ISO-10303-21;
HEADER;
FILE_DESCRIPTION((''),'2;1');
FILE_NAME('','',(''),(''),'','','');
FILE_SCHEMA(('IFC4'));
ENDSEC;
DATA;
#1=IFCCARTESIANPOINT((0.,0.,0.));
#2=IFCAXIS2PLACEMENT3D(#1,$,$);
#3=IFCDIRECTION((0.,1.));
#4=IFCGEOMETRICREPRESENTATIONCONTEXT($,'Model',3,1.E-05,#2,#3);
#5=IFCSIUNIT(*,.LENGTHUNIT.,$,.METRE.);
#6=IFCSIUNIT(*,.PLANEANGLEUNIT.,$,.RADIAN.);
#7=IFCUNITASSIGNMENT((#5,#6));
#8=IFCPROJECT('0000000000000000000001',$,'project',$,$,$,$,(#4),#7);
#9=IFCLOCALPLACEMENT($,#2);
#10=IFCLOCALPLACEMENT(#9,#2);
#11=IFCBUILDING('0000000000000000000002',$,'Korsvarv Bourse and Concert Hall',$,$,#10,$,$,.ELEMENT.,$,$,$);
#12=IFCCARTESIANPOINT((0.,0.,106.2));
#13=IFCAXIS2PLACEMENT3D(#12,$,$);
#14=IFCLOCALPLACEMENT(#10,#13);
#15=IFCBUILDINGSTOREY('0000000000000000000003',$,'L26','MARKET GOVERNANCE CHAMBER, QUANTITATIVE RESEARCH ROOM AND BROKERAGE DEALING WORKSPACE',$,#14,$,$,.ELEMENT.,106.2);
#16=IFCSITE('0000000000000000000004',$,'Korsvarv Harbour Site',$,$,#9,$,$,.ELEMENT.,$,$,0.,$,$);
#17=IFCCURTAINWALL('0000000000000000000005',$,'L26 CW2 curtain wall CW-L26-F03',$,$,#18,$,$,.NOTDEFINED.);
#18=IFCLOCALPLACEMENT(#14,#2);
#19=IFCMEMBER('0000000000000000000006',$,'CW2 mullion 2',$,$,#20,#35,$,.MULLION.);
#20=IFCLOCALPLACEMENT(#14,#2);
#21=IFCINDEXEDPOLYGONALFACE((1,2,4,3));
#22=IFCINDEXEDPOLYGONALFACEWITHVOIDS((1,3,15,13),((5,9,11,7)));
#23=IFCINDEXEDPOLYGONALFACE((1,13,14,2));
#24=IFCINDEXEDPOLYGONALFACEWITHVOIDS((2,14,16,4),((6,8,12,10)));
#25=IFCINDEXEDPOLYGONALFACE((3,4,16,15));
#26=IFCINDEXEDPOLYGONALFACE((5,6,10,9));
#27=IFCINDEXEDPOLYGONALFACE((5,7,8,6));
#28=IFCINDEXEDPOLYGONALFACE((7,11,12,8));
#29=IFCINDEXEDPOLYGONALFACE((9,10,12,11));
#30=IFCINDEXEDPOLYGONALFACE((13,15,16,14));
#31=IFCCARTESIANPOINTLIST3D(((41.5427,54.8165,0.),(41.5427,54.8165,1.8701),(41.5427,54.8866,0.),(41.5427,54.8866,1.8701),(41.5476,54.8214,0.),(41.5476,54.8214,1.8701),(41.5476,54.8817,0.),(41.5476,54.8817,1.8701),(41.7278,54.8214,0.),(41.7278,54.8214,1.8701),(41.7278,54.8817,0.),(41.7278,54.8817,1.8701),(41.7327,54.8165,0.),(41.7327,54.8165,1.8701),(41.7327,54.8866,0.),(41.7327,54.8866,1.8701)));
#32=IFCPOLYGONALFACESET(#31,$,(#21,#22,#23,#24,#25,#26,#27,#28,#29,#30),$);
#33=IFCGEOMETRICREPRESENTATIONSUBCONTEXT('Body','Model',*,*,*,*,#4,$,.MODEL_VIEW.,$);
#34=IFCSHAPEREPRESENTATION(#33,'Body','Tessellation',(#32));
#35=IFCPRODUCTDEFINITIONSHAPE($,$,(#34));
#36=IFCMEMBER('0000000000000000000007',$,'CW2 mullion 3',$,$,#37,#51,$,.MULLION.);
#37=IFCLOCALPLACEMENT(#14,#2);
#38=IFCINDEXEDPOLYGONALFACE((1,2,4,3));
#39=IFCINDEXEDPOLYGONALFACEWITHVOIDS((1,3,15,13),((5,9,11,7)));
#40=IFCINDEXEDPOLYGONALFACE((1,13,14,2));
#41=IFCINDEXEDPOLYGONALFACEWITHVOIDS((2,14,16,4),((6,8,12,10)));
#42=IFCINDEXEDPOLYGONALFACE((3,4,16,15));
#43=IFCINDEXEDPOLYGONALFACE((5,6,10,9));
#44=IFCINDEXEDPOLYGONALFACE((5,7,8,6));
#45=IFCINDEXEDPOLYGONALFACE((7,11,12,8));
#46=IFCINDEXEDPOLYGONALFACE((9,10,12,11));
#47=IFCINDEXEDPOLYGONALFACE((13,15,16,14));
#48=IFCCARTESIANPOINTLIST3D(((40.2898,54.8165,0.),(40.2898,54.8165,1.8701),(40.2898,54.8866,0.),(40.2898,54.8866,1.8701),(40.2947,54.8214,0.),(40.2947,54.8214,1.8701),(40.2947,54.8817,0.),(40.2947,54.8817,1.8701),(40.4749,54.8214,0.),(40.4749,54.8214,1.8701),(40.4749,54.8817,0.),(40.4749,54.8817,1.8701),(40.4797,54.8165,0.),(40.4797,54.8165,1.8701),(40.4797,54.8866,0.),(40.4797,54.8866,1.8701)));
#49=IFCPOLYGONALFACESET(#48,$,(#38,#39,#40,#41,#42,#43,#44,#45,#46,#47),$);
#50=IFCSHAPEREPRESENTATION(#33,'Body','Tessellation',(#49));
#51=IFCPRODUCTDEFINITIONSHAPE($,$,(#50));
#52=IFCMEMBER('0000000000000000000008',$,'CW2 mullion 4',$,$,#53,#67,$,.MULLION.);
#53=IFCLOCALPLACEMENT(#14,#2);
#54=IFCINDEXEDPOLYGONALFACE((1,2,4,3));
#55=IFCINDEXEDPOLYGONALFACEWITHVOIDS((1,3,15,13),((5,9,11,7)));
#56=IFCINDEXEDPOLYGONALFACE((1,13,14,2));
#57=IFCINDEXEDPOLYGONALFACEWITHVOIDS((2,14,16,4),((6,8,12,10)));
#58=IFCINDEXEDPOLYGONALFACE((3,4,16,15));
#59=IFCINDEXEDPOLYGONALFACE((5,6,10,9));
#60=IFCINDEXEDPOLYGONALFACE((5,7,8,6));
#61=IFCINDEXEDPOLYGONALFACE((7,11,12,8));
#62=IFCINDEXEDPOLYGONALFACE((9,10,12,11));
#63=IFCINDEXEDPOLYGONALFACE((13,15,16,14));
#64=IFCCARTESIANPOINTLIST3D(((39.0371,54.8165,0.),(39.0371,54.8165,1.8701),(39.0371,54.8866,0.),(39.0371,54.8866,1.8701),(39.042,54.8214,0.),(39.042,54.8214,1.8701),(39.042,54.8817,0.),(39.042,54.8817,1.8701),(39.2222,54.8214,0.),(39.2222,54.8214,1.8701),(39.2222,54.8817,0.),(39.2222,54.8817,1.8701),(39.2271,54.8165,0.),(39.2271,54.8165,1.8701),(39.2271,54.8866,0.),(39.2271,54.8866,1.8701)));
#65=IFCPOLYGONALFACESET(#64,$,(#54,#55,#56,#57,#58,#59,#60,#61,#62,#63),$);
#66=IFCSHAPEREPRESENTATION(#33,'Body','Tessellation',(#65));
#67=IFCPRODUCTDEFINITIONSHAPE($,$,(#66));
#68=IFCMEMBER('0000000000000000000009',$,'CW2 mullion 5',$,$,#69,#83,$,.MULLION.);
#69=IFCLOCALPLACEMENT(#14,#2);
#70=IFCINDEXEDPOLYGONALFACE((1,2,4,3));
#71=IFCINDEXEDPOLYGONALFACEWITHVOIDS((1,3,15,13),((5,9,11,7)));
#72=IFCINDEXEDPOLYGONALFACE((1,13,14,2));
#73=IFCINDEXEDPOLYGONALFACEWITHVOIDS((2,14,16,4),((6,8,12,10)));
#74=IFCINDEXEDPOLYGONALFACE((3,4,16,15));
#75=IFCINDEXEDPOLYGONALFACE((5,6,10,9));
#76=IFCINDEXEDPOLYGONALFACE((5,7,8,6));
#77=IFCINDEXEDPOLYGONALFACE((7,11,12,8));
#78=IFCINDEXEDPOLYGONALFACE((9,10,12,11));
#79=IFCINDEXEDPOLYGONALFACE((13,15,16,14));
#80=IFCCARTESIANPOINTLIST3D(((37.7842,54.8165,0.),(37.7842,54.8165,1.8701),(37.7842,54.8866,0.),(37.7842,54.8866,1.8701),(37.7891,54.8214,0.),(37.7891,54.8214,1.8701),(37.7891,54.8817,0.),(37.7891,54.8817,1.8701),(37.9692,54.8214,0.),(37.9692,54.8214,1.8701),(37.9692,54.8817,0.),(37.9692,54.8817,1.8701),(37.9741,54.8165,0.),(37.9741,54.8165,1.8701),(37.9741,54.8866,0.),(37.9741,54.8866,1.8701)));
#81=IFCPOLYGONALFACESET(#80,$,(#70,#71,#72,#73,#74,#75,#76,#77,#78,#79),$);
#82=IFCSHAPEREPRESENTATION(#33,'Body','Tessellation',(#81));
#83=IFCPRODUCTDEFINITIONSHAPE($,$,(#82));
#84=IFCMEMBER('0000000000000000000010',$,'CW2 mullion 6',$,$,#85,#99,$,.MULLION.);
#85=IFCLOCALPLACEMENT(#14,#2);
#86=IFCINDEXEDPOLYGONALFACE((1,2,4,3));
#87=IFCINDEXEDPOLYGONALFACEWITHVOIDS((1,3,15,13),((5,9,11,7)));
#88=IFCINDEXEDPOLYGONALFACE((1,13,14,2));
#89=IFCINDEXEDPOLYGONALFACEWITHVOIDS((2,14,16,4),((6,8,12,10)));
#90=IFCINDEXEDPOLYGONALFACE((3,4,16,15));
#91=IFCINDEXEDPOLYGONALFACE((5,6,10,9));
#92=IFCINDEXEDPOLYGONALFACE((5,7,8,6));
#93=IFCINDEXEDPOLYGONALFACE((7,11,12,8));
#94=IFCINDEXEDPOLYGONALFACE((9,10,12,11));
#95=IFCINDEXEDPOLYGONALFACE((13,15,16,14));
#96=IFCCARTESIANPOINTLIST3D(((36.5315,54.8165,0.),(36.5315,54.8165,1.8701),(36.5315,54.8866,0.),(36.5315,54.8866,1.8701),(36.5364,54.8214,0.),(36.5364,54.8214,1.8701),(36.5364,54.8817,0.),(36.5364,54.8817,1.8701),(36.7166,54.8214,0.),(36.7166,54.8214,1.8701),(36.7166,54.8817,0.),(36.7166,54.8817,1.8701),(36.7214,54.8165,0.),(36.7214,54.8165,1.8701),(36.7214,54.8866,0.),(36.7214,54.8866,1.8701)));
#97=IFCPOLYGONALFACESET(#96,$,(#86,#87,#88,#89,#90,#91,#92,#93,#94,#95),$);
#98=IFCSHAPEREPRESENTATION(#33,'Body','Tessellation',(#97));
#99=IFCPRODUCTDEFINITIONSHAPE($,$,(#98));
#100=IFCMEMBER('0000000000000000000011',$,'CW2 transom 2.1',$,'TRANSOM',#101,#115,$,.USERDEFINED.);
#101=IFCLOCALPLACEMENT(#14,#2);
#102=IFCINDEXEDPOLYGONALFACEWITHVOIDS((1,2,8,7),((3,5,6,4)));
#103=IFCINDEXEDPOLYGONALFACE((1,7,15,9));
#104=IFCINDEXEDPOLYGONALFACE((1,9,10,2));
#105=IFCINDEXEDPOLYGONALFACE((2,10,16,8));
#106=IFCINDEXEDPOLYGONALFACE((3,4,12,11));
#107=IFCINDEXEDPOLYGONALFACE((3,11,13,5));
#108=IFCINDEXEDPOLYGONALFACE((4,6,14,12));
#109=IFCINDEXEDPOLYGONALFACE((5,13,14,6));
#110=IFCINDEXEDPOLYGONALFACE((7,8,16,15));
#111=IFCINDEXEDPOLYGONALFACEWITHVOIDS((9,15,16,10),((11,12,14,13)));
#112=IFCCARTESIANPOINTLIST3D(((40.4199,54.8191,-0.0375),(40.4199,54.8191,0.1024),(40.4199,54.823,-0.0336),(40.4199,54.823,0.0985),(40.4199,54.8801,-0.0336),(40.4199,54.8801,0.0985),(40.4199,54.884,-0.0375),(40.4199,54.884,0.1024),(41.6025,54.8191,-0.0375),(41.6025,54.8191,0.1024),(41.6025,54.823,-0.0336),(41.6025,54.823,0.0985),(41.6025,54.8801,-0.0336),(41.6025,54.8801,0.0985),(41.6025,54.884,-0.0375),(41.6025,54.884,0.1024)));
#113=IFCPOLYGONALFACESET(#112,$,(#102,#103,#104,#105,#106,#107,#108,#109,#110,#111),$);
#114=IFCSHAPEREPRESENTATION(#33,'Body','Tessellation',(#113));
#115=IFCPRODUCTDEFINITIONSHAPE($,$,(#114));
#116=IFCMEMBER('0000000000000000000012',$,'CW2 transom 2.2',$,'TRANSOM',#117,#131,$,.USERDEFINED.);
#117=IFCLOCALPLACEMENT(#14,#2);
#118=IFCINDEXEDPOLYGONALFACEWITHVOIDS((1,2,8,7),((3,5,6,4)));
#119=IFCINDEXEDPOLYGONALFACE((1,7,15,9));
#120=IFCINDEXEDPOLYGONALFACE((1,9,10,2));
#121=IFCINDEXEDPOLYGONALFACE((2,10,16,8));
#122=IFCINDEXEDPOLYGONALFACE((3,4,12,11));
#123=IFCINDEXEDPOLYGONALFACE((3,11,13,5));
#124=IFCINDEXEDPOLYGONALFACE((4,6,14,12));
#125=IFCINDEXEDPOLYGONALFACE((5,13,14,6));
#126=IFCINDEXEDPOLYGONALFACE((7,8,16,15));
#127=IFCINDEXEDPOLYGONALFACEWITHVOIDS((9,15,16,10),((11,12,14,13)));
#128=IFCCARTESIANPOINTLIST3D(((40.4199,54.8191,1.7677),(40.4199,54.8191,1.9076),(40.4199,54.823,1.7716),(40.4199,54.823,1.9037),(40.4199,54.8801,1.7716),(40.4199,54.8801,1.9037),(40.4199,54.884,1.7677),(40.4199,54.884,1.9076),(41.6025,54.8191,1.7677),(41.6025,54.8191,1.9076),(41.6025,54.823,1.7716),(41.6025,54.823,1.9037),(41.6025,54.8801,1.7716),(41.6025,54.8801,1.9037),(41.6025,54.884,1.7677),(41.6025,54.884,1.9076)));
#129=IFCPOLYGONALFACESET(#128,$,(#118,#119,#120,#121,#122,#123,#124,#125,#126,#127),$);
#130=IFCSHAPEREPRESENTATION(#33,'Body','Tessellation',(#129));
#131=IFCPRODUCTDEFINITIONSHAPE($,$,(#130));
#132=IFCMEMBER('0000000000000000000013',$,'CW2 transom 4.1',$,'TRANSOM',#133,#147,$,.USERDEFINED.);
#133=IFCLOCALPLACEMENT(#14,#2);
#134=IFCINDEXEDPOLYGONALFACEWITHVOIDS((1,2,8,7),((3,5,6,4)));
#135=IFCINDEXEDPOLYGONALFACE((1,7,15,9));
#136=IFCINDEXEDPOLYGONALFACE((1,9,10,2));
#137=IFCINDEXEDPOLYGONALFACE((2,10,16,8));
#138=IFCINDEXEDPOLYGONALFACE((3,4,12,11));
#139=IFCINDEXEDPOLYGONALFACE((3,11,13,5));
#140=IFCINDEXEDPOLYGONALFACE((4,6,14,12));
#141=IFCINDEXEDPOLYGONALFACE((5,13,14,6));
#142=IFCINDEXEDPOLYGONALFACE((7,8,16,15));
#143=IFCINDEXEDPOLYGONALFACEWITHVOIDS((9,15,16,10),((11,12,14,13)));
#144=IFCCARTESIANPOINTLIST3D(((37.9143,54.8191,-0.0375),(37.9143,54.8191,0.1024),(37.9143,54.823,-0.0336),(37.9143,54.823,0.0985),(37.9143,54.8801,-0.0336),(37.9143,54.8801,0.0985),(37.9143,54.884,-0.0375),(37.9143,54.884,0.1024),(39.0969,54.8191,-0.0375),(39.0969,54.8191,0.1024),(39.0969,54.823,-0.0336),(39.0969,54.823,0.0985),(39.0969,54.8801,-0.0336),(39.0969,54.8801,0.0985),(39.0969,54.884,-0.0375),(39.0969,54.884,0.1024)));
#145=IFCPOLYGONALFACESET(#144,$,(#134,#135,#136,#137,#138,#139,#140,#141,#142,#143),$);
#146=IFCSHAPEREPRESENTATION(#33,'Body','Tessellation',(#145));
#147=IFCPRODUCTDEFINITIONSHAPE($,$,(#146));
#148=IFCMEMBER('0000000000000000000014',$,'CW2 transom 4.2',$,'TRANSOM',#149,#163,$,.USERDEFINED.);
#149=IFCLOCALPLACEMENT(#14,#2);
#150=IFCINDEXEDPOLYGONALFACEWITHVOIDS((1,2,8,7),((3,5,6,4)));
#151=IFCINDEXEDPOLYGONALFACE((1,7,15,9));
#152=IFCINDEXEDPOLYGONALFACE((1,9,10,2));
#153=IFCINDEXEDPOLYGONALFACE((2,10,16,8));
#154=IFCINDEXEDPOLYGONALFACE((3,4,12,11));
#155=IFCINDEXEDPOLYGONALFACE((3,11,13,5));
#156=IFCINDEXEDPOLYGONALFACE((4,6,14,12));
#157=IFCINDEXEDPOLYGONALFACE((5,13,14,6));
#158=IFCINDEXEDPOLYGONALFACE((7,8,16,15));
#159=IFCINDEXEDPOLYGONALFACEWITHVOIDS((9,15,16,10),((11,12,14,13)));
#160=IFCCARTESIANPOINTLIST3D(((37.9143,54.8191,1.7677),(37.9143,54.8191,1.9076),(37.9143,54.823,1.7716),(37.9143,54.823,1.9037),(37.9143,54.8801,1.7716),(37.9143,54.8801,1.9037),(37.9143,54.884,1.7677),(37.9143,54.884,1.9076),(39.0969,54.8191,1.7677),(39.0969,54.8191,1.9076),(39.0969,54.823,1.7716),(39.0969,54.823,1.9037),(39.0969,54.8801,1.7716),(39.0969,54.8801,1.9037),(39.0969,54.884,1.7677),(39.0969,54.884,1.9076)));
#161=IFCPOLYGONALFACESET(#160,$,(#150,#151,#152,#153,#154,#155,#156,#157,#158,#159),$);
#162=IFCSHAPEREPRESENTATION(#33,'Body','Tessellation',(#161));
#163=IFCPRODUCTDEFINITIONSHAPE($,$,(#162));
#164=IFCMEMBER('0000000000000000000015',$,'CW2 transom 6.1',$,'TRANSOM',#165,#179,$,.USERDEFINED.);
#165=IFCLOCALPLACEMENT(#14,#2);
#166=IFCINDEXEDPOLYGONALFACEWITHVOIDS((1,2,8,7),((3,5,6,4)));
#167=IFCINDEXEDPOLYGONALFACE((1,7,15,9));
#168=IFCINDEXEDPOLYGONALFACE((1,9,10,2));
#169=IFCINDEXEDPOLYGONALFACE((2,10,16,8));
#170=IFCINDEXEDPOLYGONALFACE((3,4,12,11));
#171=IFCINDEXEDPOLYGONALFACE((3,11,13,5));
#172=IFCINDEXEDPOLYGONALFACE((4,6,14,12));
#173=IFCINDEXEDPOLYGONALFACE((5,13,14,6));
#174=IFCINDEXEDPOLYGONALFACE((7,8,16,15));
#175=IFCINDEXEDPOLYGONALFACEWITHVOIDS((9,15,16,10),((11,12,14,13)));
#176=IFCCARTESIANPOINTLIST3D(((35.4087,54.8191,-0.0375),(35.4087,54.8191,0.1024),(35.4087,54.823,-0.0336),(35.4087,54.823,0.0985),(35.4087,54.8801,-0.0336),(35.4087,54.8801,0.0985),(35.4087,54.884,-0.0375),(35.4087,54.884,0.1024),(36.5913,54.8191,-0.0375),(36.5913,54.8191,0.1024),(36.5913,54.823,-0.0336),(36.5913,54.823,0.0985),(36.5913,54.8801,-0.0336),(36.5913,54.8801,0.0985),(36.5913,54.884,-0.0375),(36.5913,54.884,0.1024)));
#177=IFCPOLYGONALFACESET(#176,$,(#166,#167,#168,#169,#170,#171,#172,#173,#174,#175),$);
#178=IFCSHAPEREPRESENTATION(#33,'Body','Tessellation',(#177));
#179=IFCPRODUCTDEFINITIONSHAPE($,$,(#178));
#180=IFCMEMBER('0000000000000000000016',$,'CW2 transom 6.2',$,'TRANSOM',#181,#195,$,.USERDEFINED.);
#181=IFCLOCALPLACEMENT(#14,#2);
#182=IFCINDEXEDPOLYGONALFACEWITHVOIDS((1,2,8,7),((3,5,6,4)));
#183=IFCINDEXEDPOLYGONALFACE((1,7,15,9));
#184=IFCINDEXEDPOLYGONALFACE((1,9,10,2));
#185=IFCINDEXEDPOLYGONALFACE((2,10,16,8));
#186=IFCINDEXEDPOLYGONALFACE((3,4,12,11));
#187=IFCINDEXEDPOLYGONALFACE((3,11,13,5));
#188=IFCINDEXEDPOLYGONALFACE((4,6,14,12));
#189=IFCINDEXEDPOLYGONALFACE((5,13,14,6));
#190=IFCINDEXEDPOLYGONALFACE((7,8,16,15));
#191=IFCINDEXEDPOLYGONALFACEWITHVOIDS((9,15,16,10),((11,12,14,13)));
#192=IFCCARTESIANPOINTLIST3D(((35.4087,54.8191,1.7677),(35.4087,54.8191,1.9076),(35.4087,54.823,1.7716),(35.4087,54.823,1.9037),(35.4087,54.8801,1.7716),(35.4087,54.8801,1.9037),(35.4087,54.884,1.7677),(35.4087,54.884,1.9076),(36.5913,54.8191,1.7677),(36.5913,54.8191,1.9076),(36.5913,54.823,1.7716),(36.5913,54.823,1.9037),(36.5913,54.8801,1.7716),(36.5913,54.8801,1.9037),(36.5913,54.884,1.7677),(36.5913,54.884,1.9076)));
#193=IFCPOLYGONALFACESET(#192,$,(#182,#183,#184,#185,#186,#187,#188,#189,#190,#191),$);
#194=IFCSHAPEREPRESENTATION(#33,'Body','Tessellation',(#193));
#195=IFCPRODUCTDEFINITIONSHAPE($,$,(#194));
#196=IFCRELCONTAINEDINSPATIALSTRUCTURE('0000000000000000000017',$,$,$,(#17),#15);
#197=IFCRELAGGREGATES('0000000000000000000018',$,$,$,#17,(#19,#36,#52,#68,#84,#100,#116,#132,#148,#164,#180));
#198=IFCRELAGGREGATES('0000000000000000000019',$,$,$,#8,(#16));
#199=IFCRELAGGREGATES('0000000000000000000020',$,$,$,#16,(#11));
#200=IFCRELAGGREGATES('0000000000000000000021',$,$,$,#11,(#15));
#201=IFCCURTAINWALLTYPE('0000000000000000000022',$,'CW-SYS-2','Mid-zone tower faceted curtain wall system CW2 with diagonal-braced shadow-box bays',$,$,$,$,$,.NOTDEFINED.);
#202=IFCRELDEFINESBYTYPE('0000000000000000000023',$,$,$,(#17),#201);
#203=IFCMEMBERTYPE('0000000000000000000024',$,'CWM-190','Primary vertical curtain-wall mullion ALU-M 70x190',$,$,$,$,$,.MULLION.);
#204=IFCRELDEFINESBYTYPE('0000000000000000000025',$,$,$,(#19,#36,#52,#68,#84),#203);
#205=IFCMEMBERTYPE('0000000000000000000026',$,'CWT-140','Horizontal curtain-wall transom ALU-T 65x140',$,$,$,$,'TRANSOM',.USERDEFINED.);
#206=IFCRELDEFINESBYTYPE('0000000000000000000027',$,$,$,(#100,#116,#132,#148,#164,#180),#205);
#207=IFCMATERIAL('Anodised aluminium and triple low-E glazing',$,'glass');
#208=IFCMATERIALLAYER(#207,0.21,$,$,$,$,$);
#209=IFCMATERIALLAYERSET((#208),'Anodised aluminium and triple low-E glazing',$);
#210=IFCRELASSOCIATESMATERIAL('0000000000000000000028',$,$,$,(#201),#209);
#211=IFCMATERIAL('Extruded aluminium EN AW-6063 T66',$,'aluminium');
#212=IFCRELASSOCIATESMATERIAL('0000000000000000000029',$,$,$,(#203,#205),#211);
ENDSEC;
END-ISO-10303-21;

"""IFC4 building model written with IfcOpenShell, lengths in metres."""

from ifc_helpers import new_model, si_unit, direction, frame, origin, origin_2d, place, context, subcontext, project, spatial, hollow_rectangle, extrude, source, transform, mapped, material, layer, layer_set, material_profile, profile_set, type_object, element, aggregate, save


model = new_model("IFC4")

# Units and contexts
model_context = context("Model", 3, precision=1e-05, world=origin(), true_north=direction((0.0, 1.0)))
body_context = subcontext(model_context, "Body", "Model", "MODEL_VIEW")
ifc_project = project(units=[si_unit("LENGTHUNIT", "METRE"), si_unit("PLANEANGLEUNIT", "RADIAN")], contexts=[model_context])

# Site, building, storey
site_placement = place(None, origin())
site = spatial("IfcSite", under=ifc_project, at=site_placement, Name="Korsvarv Harbour Site", CompositionType="ELEMENT", RefElevation=0.0)
building_placement = place(site_placement, origin())
building = spatial("IfcBuilding", under=site, at=building_placement, Name="Korsvarv Bourse and Concert Hall", CompositionType="ELEMENT")
storey_placement = place(building_placement, frame((0.0, 0.0, 106.2)))
storey = spatial("IfcBuildingStorey", under=building, at=storey_placement, Name="L26", Description="MARKET GOVERNANCE CHAMBER, QUANTITATIVE RESEARCH ROOM AND BROKERAGE DEALING WORKSPACE", CompositionType="ELEMENT", Elevation=106.2)

# Curtain wall, members
ifc_material_1 = material(Name="Anodised aluminium and triple low-E glazing", Category="glass")
ifc_layer_1 = layer(ifc_material_1, 0.21)
ifc_layer_set_1 = layer_set([ifc_layer_1], Name="Anodised aluminium and triple low-E glazing")
curtain_wall_type = type_object("IfcCurtainWallType", Name="CW-SYS-2", Description="Mid-zone tower faceted curtain wall system CW2 with diagonal-braced shadow-box bays", PredefinedType="NOTDEFINED", material=ifc_layer_set_1)
curtain_wall_placement = place(storey_placement, origin())
curtain_wall = element("IfcCurtainWall", 1, at=curtain_wall_placement, inside=storey, type_object=curtain_wall_type, Name="L26 CW2 curtain wall CW-L26-F03", PredefinedType="NOTDEFINED")
ifc_material_2 = material(Name="Extruded aluminium EN AW-6063 T66", Category="aluminium")
ifc_material_profile_1 = material_profile(ifc_material_2, hollow_rectangle(XDim=0.0701, YDim=0.1899, WallThickness=0.0049, at=origin_2d()), Name="ALU-M 70x190")
ifc_profile_set_1 = profile_set([ifc_material_profile_1], Name="Extruded aluminium EN AW-6063 T66")
member_type_1 = type_object("IfcMemberType", Name="CWM-190", Description="Primary vertical curtain-wall mullion ALU-M 70x190", PredefinedType="MULLION", material=ifc_profile_set_1)
shared_shape_1 = source(origin(), body_context, "Body", "SweptSolid", [
    extrude(hollow_rectangle(XDim=0.0701, YDim=0.1899, WallThickness=0.0049, at=origin_2d()), origin(), (0.0, 0.0, 1.0), 1.8701),
])
member_1_placement = place(storey_placement, frame((41.6377, 54.8516, 0.0), z_axis=(0.0, 0.0, 1.0), x_axis=(0.0, -1.0, 0.0)))
member_1 = element("IfcMember", 2, at=member_1_placement, type_object=member_type_1, Name="CW2 mullion 2", PredefinedType="MULLION", context=body_context, shape_type="MappedRepresentation", body=[
    mapped(shared_shape_1, transform((0.0, 0.0, 0.0), scale=1.0)),
])
member_2_placement = place(storey_placement, frame((40.3848, 54.8516, 0.0), z_axis=(0.0, 0.0, 1.0), x_axis=(0.0, -1.0, 0.0)))
member_2 = element("IfcMember", 3, at=member_2_placement, type_object=member_type_1, Name="CW2 mullion 3", PredefinedType="MULLION", context=body_context, shape_type="MappedRepresentation", body=[
    mapped(shared_shape_1, transform((0.0, 0.0, 0.0), scale=1.0)),
])
member_3_placement = place(storey_placement, frame((39.1321, 54.8516, 0.0), z_axis=(0.0, 0.0, 1.0), x_axis=(0.0, -1.0, 0.0)))
member_3 = element("IfcMember", 4, at=member_3_placement, type_object=member_type_1, Name="CW2 mullion 4", PredefinedType="MULLION", context=body_context, shape_type="MappedRepresentation", body=[
    mapped(shared_shape_1, transform((0.0, 0.0, 0.0), scale=1.0)),
])
member_4_placement = place(storey_placement, frame((37.8792, 54.8516, 0.0), z_axis=(0.0, 0.0, 1.0), x_axis=(0.0, -1.0, 0.0)))
member_4 = element("IfcMember", 5, at=member_4_placement, type_object=member_type_1, Name="CW2 mullion 5", PredefinedType="MULLION", context=body_context, shape_type="MappedRepresentation", body=[
    mapped(shared_shape_1, transform((0.0, 0.0, 0.0), scale=1.0)),
])
member_5_placement = place(storey_placement, frame((36.6265, 54.8516, 0.0), z_axis=(0.0, 0.0, 1.0), x_axis=(0.0, -1.0, 0.0)))
member_5 = element("IfcMember", 6, at=member_5_placement, type_object=member_type_1, Name="CW2 mullion 6", PredefinedType="MULLION", context=body_context, shape_type="MappedRepresentation", body=[
    mapped(shared_shape_1, transform((0.0, 0.0, 0.0), scale=1.0)),
])
ifc_material_profile_2 = material_profile(ifc_material_2, hollow_rectangle(XDim=0.0649, YDim=0.1399, WallThickness=0.0039, at=origin_2d()), Name="ALU-T 65x140")
ifc_profile_set_2 = profile_set([ifc_material_profile_2], Name="Extruded aluminium EN AW-6063 T66")
member_type_2 = type_object("IfcMemberType", Name="CWT-140", Description="Horizontal curtain-wall transom ALU-T 65x140", ElementType="TRANSOM", PredefinedType="USERDEFINED", material=ifc_profile_set_2)
shared_shape_2 = source(origin(), body_context, "Body", "SweptSolid", [
    extrude(hollow_rectangle(XDim=0.0649, YDim=0.1399, WallThickness=0.0039, at=origin_2d()), origin(), (0.0, 0.0, 1.0), 1.1826),
])
member_6_placement = place(storey_placement, frame((41.6025, 54.8516, 0.0325), z_axis=(-1.0, 0.0, 0.0), x_axis=(0.0, -1.0, 0.0)))
member_6 = element("IfcMember", 7, at=member_6_placement, type_object=member_type_2, Name="CW2 transom 2.1", ObjectType="TRANSOM", PredefinedType="USERDEFINED", context=body_context, shape_type="MappedRepresentation", body=[
    mapped(shared_shape_2, transform((0.0, 0.0, 0.0), scale=1.0)),
])
member_7_placement = place(storey_placement, frame((41.6025, 54.8516, 1.8376), z_axis=(-1.0, 0.0, 0.0), x_axis=(0.0, -1.0, 0.0)))
member_7 = element("IfcMember", 8, at=member_7_placement, type_object=member_type_2, Name="CW2 transom 2.2", ObjectType="TRANSOM", PredefinedType="USERDEFINED", context=body_context, shape_type="MappedRepresentation", body=[
    mapped(shared_shape_2, transform((0.0, 0.0, 0.0), scale=1.0)),
])
member_8_placement = place(storey_placement, frame((39.0969, 54.8516, 0.0325), z_axis=(-1.0, 0.0, 0.0), x_axis=(0.0, -1.0, 0.0)))
member_8 = element("IfcMember", 9, at=member_8_placement, type_object=member_type_2, Name="CW2 transom 4.1", ObjectType="TRANSOM", PredefinedType="USERDEFINED", context=body_context, shape_type="MappedRepresentation", body=[
    mapped(shared_shape_2, transform((0.0, 0.0, 0.0), scale=1.0)),
])
member_9_placement = place(storey_placement, frame((39.0969, 54.8516, 1.8376), z_axis=(-1.0, 0.0, 0.0), x_axis=(0.0, -1.0, 0.0)))
member_9 = element("IfcMember", 10, at=member_9_placement, type_object=member_type_2, Name="CW2 transom 4.2", ObjectType="TRANSOM", PredefinedType="USERDEFINED", context=body_context, shape_type="MappedRepresentation", body=[
    mapped(shared_shape_2, transform((0.0, 0.0, 0.0), scale=1.0)),
])
member_10_placement = place(storey_placement, frame((36.5913, 54.8516, 0.0325), z_axis=(-1.0, 0.0, 0.0), x_axis=(0.0, -1.0, 0.0)))
member_10 = element("IfcMember", 11, at=member_10_placement, type_object=member_type_2, Name="CW2 transom 6.1", ObjectType="TRANSOM", PredefinedType="USERDEFINED", context=body_context, shape_type="MappedRepresentation", body=[
    mapped(shared_shape_2, transform((0.0, 0.0, 0.0), scale=1.0)),
])
member_11_placement = place(storey_placement, frame((36.5913, 54.8516, 1.8376), z_axis=(-1.0, 0.0, 0.0), x_axis=(0.0, -1.0, 0.0)))
member_11 = element("IfcMember", 12, at=member_11_placement, type_object=member_type_2, Name="CW2 transom 6.2", ObjectType="TRANSOM", PredefinedType="USERDEFINED", context=body_context, shape_type="MappedRepresentation", body=[
    mapped(shared_shape_2, transform((0.0, 0.0, 0.0), scale=1.0)),
])
aggregate(curtain_wall, [member_1, member_2, member_3, member_4, member_5, member_6, member_7, member_8, member_9, member_10, member_11])

save(model, "model.ifc")
